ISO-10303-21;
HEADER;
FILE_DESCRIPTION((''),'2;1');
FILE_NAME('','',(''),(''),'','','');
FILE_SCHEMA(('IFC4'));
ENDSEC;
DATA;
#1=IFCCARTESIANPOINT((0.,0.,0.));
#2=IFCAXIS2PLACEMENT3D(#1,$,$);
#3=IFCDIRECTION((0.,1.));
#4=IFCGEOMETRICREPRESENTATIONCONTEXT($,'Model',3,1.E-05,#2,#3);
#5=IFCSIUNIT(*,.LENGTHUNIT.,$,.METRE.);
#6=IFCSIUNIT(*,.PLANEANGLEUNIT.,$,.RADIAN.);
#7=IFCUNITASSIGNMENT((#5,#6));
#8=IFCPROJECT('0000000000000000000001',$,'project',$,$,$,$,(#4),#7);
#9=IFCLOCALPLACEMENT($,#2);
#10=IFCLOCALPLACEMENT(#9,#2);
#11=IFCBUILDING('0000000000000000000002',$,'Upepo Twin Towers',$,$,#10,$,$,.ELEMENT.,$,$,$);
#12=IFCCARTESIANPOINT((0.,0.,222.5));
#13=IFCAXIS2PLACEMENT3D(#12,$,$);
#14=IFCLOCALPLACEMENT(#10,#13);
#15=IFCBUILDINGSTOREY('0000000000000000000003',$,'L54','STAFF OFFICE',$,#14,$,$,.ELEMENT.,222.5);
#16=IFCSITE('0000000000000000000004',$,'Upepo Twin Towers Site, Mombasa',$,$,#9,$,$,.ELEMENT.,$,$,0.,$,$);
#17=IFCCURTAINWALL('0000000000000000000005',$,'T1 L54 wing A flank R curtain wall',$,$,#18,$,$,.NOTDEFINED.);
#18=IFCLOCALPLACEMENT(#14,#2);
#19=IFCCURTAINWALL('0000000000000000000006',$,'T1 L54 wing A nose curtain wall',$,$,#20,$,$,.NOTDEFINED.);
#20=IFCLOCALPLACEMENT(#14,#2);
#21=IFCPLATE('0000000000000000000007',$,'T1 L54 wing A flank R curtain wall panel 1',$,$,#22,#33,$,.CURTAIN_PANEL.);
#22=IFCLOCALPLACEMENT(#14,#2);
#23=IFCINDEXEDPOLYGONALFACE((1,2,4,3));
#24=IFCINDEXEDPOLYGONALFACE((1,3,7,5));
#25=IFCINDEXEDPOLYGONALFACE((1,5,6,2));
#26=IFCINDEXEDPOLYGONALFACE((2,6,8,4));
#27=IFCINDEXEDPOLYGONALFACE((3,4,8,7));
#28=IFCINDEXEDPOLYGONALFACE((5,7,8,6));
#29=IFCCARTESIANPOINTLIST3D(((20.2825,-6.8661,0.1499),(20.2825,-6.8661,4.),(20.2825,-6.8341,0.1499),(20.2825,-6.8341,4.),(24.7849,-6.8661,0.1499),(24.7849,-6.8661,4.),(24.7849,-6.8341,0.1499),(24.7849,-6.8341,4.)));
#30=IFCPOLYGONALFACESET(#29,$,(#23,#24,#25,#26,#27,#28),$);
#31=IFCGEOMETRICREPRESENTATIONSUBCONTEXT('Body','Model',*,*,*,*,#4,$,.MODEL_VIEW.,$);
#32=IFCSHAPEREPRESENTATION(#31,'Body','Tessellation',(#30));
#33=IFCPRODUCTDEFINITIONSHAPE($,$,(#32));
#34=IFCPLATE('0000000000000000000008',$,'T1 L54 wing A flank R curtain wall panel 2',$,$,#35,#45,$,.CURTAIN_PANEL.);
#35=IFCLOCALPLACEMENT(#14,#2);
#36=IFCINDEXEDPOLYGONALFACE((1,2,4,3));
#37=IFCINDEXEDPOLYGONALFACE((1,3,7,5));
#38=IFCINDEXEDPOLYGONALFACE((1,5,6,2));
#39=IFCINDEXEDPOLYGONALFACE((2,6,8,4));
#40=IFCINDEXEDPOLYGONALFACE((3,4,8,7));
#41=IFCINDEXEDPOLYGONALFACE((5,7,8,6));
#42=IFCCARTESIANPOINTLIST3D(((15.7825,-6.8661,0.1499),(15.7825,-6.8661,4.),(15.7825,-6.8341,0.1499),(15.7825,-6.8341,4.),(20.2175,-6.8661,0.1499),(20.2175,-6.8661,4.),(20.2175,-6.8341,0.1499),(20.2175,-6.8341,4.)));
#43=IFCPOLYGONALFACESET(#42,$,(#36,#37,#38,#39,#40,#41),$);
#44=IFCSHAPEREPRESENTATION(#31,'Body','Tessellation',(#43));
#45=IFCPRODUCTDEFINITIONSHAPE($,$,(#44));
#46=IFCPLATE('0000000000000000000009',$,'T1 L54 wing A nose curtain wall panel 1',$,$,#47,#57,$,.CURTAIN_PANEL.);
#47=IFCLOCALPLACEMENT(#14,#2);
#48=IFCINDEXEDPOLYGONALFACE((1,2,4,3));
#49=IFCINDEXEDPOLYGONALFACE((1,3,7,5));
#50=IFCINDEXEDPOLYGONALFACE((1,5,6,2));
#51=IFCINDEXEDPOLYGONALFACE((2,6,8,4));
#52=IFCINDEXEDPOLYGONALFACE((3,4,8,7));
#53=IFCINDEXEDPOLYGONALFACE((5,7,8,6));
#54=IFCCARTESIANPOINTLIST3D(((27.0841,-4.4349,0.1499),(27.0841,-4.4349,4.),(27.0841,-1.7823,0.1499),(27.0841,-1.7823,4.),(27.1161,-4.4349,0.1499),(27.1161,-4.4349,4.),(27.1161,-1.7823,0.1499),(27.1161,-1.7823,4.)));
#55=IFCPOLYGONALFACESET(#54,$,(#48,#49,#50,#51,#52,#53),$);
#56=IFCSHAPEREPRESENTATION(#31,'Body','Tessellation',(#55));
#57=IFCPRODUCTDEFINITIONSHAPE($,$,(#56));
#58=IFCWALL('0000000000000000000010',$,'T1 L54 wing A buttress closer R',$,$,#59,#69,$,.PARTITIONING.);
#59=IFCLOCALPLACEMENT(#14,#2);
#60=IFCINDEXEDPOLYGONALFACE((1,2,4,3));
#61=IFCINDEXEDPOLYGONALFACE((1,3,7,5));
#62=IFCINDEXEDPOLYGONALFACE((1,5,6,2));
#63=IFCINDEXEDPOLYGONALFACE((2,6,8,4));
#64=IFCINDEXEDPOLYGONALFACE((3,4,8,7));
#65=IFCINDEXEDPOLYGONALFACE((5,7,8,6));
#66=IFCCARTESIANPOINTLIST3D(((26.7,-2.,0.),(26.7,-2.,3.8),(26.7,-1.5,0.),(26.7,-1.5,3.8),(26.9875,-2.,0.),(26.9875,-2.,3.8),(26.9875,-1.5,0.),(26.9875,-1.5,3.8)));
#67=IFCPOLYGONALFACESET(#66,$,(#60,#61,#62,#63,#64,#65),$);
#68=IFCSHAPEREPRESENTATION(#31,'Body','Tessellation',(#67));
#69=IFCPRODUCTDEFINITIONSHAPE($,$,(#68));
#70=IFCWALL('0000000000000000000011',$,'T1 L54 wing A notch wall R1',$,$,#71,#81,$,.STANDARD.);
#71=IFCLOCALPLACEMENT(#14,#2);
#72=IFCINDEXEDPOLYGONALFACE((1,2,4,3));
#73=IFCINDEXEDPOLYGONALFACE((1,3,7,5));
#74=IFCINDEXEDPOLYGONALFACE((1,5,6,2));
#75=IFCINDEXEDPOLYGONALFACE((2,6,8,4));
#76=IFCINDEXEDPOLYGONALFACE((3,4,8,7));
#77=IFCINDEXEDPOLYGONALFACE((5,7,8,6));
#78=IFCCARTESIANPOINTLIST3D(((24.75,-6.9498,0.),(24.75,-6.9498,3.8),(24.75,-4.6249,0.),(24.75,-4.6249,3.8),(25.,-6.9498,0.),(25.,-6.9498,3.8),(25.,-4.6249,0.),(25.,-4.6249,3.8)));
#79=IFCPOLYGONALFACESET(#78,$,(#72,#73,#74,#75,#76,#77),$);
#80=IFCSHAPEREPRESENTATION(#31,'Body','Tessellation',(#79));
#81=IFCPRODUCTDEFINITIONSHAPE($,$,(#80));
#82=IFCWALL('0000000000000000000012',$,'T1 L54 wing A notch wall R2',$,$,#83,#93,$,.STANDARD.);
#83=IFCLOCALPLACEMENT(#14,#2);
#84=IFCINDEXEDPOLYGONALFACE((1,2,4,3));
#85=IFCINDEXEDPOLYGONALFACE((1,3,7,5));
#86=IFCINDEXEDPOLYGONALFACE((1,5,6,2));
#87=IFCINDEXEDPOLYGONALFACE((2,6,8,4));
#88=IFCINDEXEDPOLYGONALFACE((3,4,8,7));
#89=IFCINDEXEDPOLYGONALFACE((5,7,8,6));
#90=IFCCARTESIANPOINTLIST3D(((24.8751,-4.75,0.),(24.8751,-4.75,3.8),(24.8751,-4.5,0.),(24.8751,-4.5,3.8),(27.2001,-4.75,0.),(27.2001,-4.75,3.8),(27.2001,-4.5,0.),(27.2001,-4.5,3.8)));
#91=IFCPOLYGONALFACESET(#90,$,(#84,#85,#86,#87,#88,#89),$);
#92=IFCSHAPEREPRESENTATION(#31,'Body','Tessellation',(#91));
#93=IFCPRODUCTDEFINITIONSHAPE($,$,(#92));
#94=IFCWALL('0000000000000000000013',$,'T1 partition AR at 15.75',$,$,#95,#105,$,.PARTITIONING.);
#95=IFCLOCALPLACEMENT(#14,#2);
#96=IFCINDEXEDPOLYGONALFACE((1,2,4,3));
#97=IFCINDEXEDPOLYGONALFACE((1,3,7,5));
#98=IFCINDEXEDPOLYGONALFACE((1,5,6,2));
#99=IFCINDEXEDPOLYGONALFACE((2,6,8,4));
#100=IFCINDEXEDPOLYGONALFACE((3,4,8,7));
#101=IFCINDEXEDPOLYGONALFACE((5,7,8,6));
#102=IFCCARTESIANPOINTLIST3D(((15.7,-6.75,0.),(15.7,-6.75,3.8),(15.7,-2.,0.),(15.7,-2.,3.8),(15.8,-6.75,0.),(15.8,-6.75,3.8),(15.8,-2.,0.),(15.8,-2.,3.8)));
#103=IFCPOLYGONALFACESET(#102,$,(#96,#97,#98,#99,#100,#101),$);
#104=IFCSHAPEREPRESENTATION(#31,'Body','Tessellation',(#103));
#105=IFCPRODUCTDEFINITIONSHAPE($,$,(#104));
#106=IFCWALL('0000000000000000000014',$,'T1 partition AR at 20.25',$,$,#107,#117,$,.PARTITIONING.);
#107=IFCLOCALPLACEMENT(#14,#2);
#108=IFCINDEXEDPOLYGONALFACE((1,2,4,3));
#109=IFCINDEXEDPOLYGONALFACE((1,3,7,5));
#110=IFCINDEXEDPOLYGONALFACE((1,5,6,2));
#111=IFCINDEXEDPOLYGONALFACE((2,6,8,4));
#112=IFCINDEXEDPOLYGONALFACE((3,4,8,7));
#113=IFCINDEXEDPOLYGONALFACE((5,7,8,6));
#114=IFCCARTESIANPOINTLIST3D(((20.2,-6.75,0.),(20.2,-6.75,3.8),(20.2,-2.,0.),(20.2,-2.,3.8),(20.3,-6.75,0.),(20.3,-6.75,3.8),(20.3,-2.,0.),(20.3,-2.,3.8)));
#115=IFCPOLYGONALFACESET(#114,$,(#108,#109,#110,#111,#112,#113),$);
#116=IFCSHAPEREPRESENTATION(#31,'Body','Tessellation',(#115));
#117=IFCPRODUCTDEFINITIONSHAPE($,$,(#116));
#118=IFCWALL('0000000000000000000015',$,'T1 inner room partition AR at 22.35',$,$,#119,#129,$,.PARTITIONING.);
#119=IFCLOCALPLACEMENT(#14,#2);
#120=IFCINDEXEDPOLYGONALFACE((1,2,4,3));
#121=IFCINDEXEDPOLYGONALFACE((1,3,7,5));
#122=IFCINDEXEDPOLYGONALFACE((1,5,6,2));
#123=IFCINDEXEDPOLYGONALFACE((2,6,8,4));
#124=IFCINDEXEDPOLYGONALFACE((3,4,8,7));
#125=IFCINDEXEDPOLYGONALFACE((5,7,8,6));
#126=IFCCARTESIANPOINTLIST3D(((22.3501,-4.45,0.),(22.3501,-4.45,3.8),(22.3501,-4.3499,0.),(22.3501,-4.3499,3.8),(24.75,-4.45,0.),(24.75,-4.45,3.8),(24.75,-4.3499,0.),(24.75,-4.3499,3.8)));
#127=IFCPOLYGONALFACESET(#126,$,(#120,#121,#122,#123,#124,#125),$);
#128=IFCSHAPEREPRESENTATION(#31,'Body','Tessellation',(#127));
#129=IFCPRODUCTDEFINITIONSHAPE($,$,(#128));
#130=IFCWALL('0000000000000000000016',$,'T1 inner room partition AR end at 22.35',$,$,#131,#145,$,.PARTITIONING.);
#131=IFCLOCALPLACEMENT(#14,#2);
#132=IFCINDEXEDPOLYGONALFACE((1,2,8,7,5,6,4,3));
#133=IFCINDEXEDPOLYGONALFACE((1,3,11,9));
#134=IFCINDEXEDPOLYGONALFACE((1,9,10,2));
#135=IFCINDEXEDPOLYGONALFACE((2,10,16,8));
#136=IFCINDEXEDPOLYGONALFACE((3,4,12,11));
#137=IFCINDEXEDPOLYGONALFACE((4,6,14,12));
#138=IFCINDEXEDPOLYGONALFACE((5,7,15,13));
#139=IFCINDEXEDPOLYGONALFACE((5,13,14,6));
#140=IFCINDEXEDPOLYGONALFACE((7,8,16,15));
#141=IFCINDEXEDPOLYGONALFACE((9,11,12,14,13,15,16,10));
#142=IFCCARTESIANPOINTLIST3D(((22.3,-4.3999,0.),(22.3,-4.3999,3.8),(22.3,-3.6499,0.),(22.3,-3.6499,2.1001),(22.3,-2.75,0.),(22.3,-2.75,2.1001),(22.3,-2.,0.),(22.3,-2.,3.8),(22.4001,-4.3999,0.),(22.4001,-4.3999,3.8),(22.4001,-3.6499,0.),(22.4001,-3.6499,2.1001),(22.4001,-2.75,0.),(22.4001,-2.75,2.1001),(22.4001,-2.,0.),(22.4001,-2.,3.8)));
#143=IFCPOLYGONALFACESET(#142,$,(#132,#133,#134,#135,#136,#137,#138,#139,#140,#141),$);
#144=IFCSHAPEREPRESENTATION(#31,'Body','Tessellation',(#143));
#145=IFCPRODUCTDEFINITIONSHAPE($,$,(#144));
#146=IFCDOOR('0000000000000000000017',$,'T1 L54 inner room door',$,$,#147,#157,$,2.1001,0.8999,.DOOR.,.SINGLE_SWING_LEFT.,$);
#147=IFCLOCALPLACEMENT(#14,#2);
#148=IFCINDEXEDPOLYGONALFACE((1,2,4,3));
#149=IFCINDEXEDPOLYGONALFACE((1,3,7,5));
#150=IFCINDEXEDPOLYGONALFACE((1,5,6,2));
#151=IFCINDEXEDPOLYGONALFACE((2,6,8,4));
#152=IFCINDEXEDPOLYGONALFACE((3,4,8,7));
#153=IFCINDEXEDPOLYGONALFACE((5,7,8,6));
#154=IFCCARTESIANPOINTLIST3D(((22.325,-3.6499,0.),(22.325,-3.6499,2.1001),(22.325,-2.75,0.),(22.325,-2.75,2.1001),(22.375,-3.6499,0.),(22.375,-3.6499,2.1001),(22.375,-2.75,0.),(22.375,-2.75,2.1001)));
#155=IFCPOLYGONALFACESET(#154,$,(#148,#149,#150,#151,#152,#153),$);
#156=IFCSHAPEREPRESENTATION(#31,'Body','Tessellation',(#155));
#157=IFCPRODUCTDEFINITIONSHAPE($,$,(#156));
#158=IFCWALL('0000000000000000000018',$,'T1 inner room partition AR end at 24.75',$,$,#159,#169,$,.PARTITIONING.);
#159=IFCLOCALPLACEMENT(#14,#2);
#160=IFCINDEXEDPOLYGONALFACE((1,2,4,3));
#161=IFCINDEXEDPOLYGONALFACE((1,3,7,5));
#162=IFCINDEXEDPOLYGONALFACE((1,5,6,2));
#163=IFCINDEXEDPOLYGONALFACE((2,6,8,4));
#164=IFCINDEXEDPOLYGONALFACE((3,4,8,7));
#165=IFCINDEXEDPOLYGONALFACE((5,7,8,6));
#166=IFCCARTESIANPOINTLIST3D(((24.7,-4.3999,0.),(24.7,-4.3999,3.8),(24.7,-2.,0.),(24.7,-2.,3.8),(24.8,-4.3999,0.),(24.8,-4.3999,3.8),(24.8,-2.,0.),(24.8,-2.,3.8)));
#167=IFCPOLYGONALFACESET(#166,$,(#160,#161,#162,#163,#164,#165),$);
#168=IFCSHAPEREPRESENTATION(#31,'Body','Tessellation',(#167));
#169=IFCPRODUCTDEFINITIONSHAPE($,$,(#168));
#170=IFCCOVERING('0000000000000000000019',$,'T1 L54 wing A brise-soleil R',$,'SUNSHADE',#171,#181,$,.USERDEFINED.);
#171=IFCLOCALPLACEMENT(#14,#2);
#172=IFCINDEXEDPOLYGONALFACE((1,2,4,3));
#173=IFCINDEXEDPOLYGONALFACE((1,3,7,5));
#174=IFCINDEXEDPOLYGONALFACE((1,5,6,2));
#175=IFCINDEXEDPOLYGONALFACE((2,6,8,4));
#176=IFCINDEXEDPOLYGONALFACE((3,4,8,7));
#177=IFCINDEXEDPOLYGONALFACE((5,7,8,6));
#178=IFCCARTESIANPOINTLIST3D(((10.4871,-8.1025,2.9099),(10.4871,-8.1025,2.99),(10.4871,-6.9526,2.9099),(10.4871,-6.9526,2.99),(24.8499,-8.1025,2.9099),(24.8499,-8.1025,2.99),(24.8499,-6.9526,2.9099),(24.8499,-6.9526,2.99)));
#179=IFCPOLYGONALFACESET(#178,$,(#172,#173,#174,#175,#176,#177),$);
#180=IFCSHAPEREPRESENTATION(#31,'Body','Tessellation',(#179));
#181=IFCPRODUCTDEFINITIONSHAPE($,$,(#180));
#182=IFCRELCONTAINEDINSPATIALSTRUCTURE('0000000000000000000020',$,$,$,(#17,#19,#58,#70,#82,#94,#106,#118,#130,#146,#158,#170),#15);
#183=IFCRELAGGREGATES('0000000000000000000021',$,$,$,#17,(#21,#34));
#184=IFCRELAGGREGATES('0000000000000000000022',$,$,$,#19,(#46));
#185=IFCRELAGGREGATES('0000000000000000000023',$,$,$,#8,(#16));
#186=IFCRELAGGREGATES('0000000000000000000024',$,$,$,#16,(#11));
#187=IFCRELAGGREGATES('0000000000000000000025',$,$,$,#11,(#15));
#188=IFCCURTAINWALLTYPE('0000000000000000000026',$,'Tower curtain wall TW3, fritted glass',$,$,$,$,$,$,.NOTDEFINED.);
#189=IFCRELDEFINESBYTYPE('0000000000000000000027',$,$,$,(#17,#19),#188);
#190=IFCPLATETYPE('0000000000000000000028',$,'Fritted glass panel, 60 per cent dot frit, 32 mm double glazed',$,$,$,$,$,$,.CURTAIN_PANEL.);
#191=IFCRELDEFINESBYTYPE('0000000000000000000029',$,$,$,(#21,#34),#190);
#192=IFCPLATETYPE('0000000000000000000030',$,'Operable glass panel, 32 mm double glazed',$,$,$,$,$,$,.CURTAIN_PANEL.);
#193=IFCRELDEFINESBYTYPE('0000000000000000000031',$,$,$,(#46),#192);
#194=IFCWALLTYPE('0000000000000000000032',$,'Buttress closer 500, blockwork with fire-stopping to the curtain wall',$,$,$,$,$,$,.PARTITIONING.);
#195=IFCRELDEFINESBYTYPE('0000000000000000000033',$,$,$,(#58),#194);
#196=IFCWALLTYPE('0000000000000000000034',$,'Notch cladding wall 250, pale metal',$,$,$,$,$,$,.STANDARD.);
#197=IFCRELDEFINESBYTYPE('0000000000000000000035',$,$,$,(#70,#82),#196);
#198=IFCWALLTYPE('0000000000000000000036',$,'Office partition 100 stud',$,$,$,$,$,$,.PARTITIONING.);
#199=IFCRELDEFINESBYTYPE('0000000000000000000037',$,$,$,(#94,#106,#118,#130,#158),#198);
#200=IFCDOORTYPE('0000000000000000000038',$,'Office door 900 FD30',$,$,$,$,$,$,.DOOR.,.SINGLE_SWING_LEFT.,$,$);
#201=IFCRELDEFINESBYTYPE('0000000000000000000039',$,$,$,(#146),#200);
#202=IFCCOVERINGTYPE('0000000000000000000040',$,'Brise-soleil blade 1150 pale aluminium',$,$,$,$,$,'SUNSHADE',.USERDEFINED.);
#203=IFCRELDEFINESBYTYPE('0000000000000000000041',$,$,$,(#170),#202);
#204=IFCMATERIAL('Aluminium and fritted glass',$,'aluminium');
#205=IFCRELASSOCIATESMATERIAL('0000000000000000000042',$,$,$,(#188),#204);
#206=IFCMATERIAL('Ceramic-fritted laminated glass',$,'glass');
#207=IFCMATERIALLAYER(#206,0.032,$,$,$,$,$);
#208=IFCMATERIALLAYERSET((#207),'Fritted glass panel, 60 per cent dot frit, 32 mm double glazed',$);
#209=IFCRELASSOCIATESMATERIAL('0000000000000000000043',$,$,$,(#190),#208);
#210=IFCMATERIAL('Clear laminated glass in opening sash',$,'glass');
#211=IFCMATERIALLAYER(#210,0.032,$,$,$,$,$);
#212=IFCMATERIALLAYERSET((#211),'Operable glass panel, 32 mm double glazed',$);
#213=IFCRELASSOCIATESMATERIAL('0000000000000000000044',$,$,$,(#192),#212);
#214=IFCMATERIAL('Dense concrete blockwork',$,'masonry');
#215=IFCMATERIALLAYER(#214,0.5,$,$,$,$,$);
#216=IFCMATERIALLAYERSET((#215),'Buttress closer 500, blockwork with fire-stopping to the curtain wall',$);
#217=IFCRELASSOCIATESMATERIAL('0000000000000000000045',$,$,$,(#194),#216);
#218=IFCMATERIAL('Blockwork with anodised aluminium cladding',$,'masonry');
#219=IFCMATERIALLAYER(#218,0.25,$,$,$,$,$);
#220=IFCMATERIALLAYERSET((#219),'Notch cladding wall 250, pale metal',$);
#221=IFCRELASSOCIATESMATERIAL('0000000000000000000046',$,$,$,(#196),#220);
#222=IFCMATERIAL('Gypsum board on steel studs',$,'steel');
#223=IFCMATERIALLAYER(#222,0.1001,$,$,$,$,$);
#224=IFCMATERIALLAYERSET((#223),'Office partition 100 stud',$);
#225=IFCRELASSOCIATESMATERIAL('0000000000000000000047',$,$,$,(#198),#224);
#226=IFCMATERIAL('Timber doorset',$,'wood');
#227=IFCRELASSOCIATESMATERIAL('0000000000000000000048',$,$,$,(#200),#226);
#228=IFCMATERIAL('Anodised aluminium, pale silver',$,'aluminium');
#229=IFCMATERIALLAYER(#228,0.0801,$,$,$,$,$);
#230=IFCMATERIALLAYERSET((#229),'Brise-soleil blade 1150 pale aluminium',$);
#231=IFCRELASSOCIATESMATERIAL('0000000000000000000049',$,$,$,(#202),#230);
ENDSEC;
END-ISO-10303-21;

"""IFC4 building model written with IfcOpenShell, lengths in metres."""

from ifc_helpers import new_model, si_unit, direction, frame, frame_2d, origin, origin_2d, place, context, subcontext, project, spatial, rectangle, extrude, material, layer, layer_set, type_object, element, fill, aggregate, save


model = new_model("IFC4")

# Units and contexts
model_context = context("Model", 3, precision=1e-05, world=origin(), true_north=direction((0.0, 1.0)))
body_context = subcontext(model_context, "Body", "Model", "MODEL_VIEW")
ifc_project = project(units=[si_unit("LENGTHUNIT", "METRE"), si_unit("PLANEANGLEUNIT", "RADIAN")], contexts=[model_context])

# Site, building, storey
site_placement = place(None, origin())
site = spatial("IfcSite", under=ifc_project, at=site_placement, Name="Upepo Twin Towers Site, Mombasa", CompositionType="ELEMENT", RefElevation=0.0)
building_placement = place(site_placement, origin())
building = spatial("IfcBuilding", under=site, at=building_placement, Name="Upepo Twin Towers", CompositionType="ELEMENT")
storey_placement = place(building_placement, frame((0.0, 0.0, 222.5)))
storey = spatial("IfcBuildingStorey", under=building, at=storey_placement, Name="L54", Description="STAFF OFFICE", CompositionType="ELEMENT", Elevation=222.5)

# Curtain wall
ifc_material_1 = material(Name="Aluminium and fritted glass", Category="aluminium")
curtain_wall_type = type_object("IfcCurtainWallType", Name="Tower curtain wall TW3, fritted glass", PredefinedType="NOTDEFINED", material=ifc_material_1)
curtain_wall_1_placement = place(storey_placement, origin())
curtain_wall_1 = element("IfcCurtainWall", 1, at=curtain_wall_1_placement, inside=storey, type_object=curtain_wall_type, Name="T1 L54 wing A flank R curtain wall", PredefinedType="NOTDEFINED")

# Curtain wall
curtain_wall_2_placement = place(storey_placement, origin())
curtain_wall_2 = element("IfcCurtainWall", 2, at=curtain_wall_2_placement, inside=storey, type_object=curtain_wall_type, Name="T1 L54 wing A nose curtain wall", PredefinedType="NOTDEFINED")

# Plates
ifc_material_2 = material(Name="Ceramic-fritted laminated glass", Category="glass")
ifc_layer_1 = layer(ifc_material_2, 0.032)
ifc_layer_set_1 = layer_set([ifc_layer_1], Name="Fritted glass panel, 60 per cent dot frit, 32 mm double glazed")
plate_type_1 = type_object("IfcPlateType", Name="Fritted glass panel, 60 per cent dot frit, 32 mm double glazed", PredefinedType="CURTAIN_PANEL", material=ifc_layer_set_1)
plate_1_placement = place(storey_placement, frame((22.5337, -6.8501, 0.1499), z_axis=(0.0, 0.0, 1.0), x_axis=(-1.0, 0.0, 0.0)))
plate_1 = element("IfcPlate", 3, at=plate_1_placement, type_object=plate_type_1, Name="T1 L54 wing A flank R curtain wall panel 1", PredefinedType="CURTAIN_PANEL", context=body_context, shape_type="SweptSolid", body=[
    extrude(rectangle(XDim=4.5024, YDim=0.032, at=origin_2d()), origin(), (0.0, 0.0, 1.0), 3.8501),
])
plate_2_placement = place(storey_placement, frame((18.0, -6.8501, 0.1499), z_axis=(0.0, 0.0, 1.0), x_axis=(-1.0, 0.0, 0.0)))
plate_2 = element("IfcPlate", 4, at=plate_2_placement, type_object=plate_type_1, Name="T1 L54 wing A flank R curtain wall panel 2", PredefinedType="CURTAIN_PANEL", context=body_context, shape_type="SweptSolid", body=[
    extrude(rectangle(XDim=4.4351, YDim=0.032, at=origin_2d()), origin(), (0.0, 0.0, 1.0), 3.8501),
])
aggregate(curtain_wall_1, [plate_1, plate_2])
ifc_material_3 = material(Name="Clear laminated glass in opening sash", Category="glass")
ifc_layer_2 = layer(ifc_material_3, 0.032)
ifc_layer_set_2 = layer_set([ifc_layer_2], Name="Operable glass panel, 32 mm double glazed")
plate_type_2 = type_object("IfcPlateType", Name="Operable glass panel, 32 mm double glazed", PredefinedType="CURTAIN_PANEL", material=ifc_layer_set_2)
plate_3_placement = place(storey_placement, frame((27.1001, -3.1086, 0.1499), z_axis=(0.0, 0.0, 1.0), x_axis=(0.0, 1.0, 0.0)))
plate_3 = element("IfcPlate", 5, at=plate_3_placement, type_object=plate_type_2, Name="T1 L54 wing A nose curtain wall panel 1", PredefinedType="CURTAIN_PANEL", context=body_context, shape_type="SweptSolid", body=[
    extrude(rectangle(XDim=2.6526, YDim=0.032, at=origin_2d()), origin(), (0.0, 0.0, 1.0), 3.8501),
])
aggregate(curtain_wall_2, [plate_3])

# Walls
ifc_material_4 = material(Name="Dense concrete blockwork", Category="masonry")
ifc_layer_3 = layer(ifc_material_4, 0.5)
ifc_layer_set_3 = layer_set([ifc_layer_3], Name="Buttress closer 500, blockwork with fire-stopping to the curtain wall")
wall_type_1 = type_object("IfcWallType", Name="Buttress closer 500, blockwork with fire-stopping to the curtain wall", PredefinedType="PARTITIONING", material=ifc_layer_set_3)
wall_1_placement = place(storey_placement, frame((26.7, -1.75, 0.0), z_axis=(0.0, 0.0, 1.0), x_axis=(1.0, 0.0, 0.0)))
element("IfcWall", 6, at=wall_1_placement, inside=storey, type_object=wall_type_1, Name="T1 L54 wing A buttress closer R", PredefinedType="PARTITIONING", context=body_context, shape_type="SweptSolid", body=[
    extrude(rectangle(XDim=0.2876, YDim=0.5, at=frame_2d((0.1438, 0.0))), origin(), (0.0, 0.0, 1.0), 3.8),
])
ifc_material_5 = material(Name="Blockwork with anodised aluminium cladding", Category="masonry")
ifc_layer_4 = layer(ifc_material_5, 0.25)
ifc_layer_set_4 = layer_set([ifc_layer_4], Name="Notch cladding wall 250, pale metal")
wall_type_2 = type_object("IfcWallType", Name="Notch cladding wall 250, pale metal", PredefinedType="STANDARD", material=ifc_layer_set_4)
for number, where, z_axis, x_axis, name in (
    (7, (24.875, -6.95, 0.0), (0.0, 0.0, 1.0), (0.0, 1.0, 0.0), "T1 L54 wing A notch wall R1"),
    (8, (24.875, -4.625, 0.0), (0.0, 0.0, 1.0), (1.0, 0.0, 0.0), "T1 L54 wing A notch wall R2"),
):
    element("IfcWall", number, at=place(storey_placement, frame(where, z_axis=z_axis, x_axis=x_axis)), inside=storey, type_object=wall_type_2, Name=name, PredefinedType="STANDARD", context=body_context, shape_type="SweptSolid", body=[
        extrude(rectangle(XDim=2.325, YDim=0.25, at=frame_2d((1.1626, 0.0))), origin(), (0.0, 0.0, 1.0), 3.8),
    ])
ifc_material_6 = material(Name="Gypsum board on steel studs", Category="steel")
ifc_layer_5 = layer(ifc_material_6, 0.1001)
ifc_layer_set_5 = layer_set([ifc_layer_5], Name="Office partition 100 stud")
wall_type_3 = type_object("IfcWallType", Name="Office partition 100 stud", PredefinedType="PARTITIONING", material=ifc_layer_set_5)
for number, where, z_axis, x_axis, name in (
    (9, (15.75, -2.0, 0.0), (0.0, 0.0, 1.0), (0.0, -1.0, 0.0), "T1 partition AR at 15.75"),
    (10, (20.25, -2.0, 0.0), (0.0, 0.0, 1.0), (0.0, -1.0, 0.0), "T1 partition AR at 20.25"),
):
    element("IfcWall", number, at=place(storey_placement, frame(where, z_axis=z_axis, x_axis=x_axis)), inside=storey, type_object=wall_type_3, Name=name, PredefinedType="PARTITIONING", context=body_context, shape_type="SweptSolid", body=[
        extrude(rectangle(XDim=4.75, YDim=0.1001, at=frame_2d((2.375, 0.0))), origin(), (0.0, 0.0, 1.0), 3.8),
    ])
wall_2_placement = place(storey_placement, frame((22.3501, -4.3999, 0.0), z_axis=(0.0, 0.0, 1.0), x_axis=(1.0, 0.0, 0.0)))
element("IfcWall", 11, at=wall_2_placement, inside=storey, type_object=wall_type_3, Name="T1 inner room partition AR at 22.35", PredefinedType="PARTITIONING", context=body_context, shape_type="SweptSolid", body=[
    extrude(rectangle(XDim=2.3999, YDim=0.1001, at=frame_2d((1.2, 0.0))), origin(), (0.0, 0.0, 1.0), 3.8),
])

# Wall, opening, door
wall_3_placement = place(storey_placement, frame((22.3501, -2.0, 0.0), z_axis=(0.0, 0.0, 1.0), x_axis=(0.0, -1.0, 0.0)))
wall_3 = element("IfcWall", 12, at=wall_3_placement, inside=storey, type_object=wall_type_3, Name="T1 inner room partition AR end at 22.35", PredefinedType="PARTITIONING", context=body_context, shape_type="SweptSolid", body=[
    extrude(rectangle(XDim=2.3999, YDim=0.1001, at=frame_2d((1.2, 0.0))), origin(), (0.0, 0.0, 1.0), 3.8),
])
opening_placement = place(wall_3_placement, frame((0.75, 0.0, 0.0)))
opening = element("IfcOpeningElement", 13, at=opening_placement, cuts=wall_3, PredefinedType="OPENING", context=body_context, shape_type="SweptSolid", body=[
    extrude(rectangle(XDim=0.8999, YDim=2.1001, at=frame_2d((0.45, 1.05))), frame((0.0, 0.0601, 0.0), z_axis=(0.0, -1.0, 0.0), x_axis=(1.0, 0.0, 0.0)), (0.0, 0.0, 1.0), 0.1201),
])
ifc_material_7 = material(Name="Timber doorset", Category="wood")
door_type = type_object("IfcDoorType", Name="Office door 900 FD30", OperationType="SINGLE_SWING_LEFT", PredefinedType="DOOR", material=ifc_material_7)
door_placement = place(opening_placement, origin())
door = element("IfcDoor", 14, at=door_placement, inside=storey, type_object=door_type, Name="T1 L54 inner room door", OperationType="SINGLE_SWING_LEFT", OverallHeight=2.1001, OverallWidth=0.8999, PredefinedType="DOOR", context=body_context, shape_type="SweptSolid", body=[
    extrude(rectangle(XDim=0.8999, YDim=2.1001, at=frame_2d((0.45, 1.05))), frame((0.0, 0.0249, 0.0), z_axis=(0.0, -1.0, 0.0), x_axis=(1.0, 0.0, 0.0)), (0.0, 0.0, 1.0), 0.05),
])
fill(opening, door)

# Wall
wall_4_placement = place(storey_placement, frame((24.75, -2.0, 0.0), z_axis=(0.0, 0.0, 1.0), x_axis=(0.0, -1.0, 0.0)))
element("IfcWall", 15, at=wall_4_placement, inside=storey, type_object=wall_type_3, Name="T1 inner room partition AR end at 24.75", PredefinedType="PARTITIONING", context=body_context, shape_type="SweptSolid", body=[
    extrude(rectangle(XDim=2.3999, YDim=0.1001, at=frame_2d((1.2, 0.0))), origin(), (0.0, 0.0, 1.0), 3.8),
])

# Covering
ifc_material_8 = material(Name="Anodised aluminium, pale silver", Category="aluminium")
ifc_layer_6 = layer(ifc_material_8, 0.0801)
ifc_layer_set_6 = layer_set([ifc_layer_6], Name="Brise-soleil blade 1150 pale aluminium")
covering_type = type_object("IfcCoveringType", Name="Brise-soleil blade 1150 pale aluminium", ElementType="SUNSHADE", PredefinedType="USERDEFINED", material=ifc_layer_set_6)
covering_placement = place(storey_placement, frame((17.6685, -7.5276, 2.9099), z_axis=(0.0, 0.0, 1.0), x_axis=(1.0, 0.0, 0.0)))
element("IfcCovering", 16, at=covering_placement, inside=storey, type_object=covering_type, Name="T1 L54 wing A brise-soleil R", ObjectType="SUNSHADE", PredefinedType="USERDEFINED", context=body_context, shape_type="SweptSolid", body=[
    extrude(rectangle(XDim=14.3628, YDim=1.1499, at=origin_2d()), origin(), (0.0, 0.0, 1.0), 0.0801),
])

save(model, "model.ifc")
